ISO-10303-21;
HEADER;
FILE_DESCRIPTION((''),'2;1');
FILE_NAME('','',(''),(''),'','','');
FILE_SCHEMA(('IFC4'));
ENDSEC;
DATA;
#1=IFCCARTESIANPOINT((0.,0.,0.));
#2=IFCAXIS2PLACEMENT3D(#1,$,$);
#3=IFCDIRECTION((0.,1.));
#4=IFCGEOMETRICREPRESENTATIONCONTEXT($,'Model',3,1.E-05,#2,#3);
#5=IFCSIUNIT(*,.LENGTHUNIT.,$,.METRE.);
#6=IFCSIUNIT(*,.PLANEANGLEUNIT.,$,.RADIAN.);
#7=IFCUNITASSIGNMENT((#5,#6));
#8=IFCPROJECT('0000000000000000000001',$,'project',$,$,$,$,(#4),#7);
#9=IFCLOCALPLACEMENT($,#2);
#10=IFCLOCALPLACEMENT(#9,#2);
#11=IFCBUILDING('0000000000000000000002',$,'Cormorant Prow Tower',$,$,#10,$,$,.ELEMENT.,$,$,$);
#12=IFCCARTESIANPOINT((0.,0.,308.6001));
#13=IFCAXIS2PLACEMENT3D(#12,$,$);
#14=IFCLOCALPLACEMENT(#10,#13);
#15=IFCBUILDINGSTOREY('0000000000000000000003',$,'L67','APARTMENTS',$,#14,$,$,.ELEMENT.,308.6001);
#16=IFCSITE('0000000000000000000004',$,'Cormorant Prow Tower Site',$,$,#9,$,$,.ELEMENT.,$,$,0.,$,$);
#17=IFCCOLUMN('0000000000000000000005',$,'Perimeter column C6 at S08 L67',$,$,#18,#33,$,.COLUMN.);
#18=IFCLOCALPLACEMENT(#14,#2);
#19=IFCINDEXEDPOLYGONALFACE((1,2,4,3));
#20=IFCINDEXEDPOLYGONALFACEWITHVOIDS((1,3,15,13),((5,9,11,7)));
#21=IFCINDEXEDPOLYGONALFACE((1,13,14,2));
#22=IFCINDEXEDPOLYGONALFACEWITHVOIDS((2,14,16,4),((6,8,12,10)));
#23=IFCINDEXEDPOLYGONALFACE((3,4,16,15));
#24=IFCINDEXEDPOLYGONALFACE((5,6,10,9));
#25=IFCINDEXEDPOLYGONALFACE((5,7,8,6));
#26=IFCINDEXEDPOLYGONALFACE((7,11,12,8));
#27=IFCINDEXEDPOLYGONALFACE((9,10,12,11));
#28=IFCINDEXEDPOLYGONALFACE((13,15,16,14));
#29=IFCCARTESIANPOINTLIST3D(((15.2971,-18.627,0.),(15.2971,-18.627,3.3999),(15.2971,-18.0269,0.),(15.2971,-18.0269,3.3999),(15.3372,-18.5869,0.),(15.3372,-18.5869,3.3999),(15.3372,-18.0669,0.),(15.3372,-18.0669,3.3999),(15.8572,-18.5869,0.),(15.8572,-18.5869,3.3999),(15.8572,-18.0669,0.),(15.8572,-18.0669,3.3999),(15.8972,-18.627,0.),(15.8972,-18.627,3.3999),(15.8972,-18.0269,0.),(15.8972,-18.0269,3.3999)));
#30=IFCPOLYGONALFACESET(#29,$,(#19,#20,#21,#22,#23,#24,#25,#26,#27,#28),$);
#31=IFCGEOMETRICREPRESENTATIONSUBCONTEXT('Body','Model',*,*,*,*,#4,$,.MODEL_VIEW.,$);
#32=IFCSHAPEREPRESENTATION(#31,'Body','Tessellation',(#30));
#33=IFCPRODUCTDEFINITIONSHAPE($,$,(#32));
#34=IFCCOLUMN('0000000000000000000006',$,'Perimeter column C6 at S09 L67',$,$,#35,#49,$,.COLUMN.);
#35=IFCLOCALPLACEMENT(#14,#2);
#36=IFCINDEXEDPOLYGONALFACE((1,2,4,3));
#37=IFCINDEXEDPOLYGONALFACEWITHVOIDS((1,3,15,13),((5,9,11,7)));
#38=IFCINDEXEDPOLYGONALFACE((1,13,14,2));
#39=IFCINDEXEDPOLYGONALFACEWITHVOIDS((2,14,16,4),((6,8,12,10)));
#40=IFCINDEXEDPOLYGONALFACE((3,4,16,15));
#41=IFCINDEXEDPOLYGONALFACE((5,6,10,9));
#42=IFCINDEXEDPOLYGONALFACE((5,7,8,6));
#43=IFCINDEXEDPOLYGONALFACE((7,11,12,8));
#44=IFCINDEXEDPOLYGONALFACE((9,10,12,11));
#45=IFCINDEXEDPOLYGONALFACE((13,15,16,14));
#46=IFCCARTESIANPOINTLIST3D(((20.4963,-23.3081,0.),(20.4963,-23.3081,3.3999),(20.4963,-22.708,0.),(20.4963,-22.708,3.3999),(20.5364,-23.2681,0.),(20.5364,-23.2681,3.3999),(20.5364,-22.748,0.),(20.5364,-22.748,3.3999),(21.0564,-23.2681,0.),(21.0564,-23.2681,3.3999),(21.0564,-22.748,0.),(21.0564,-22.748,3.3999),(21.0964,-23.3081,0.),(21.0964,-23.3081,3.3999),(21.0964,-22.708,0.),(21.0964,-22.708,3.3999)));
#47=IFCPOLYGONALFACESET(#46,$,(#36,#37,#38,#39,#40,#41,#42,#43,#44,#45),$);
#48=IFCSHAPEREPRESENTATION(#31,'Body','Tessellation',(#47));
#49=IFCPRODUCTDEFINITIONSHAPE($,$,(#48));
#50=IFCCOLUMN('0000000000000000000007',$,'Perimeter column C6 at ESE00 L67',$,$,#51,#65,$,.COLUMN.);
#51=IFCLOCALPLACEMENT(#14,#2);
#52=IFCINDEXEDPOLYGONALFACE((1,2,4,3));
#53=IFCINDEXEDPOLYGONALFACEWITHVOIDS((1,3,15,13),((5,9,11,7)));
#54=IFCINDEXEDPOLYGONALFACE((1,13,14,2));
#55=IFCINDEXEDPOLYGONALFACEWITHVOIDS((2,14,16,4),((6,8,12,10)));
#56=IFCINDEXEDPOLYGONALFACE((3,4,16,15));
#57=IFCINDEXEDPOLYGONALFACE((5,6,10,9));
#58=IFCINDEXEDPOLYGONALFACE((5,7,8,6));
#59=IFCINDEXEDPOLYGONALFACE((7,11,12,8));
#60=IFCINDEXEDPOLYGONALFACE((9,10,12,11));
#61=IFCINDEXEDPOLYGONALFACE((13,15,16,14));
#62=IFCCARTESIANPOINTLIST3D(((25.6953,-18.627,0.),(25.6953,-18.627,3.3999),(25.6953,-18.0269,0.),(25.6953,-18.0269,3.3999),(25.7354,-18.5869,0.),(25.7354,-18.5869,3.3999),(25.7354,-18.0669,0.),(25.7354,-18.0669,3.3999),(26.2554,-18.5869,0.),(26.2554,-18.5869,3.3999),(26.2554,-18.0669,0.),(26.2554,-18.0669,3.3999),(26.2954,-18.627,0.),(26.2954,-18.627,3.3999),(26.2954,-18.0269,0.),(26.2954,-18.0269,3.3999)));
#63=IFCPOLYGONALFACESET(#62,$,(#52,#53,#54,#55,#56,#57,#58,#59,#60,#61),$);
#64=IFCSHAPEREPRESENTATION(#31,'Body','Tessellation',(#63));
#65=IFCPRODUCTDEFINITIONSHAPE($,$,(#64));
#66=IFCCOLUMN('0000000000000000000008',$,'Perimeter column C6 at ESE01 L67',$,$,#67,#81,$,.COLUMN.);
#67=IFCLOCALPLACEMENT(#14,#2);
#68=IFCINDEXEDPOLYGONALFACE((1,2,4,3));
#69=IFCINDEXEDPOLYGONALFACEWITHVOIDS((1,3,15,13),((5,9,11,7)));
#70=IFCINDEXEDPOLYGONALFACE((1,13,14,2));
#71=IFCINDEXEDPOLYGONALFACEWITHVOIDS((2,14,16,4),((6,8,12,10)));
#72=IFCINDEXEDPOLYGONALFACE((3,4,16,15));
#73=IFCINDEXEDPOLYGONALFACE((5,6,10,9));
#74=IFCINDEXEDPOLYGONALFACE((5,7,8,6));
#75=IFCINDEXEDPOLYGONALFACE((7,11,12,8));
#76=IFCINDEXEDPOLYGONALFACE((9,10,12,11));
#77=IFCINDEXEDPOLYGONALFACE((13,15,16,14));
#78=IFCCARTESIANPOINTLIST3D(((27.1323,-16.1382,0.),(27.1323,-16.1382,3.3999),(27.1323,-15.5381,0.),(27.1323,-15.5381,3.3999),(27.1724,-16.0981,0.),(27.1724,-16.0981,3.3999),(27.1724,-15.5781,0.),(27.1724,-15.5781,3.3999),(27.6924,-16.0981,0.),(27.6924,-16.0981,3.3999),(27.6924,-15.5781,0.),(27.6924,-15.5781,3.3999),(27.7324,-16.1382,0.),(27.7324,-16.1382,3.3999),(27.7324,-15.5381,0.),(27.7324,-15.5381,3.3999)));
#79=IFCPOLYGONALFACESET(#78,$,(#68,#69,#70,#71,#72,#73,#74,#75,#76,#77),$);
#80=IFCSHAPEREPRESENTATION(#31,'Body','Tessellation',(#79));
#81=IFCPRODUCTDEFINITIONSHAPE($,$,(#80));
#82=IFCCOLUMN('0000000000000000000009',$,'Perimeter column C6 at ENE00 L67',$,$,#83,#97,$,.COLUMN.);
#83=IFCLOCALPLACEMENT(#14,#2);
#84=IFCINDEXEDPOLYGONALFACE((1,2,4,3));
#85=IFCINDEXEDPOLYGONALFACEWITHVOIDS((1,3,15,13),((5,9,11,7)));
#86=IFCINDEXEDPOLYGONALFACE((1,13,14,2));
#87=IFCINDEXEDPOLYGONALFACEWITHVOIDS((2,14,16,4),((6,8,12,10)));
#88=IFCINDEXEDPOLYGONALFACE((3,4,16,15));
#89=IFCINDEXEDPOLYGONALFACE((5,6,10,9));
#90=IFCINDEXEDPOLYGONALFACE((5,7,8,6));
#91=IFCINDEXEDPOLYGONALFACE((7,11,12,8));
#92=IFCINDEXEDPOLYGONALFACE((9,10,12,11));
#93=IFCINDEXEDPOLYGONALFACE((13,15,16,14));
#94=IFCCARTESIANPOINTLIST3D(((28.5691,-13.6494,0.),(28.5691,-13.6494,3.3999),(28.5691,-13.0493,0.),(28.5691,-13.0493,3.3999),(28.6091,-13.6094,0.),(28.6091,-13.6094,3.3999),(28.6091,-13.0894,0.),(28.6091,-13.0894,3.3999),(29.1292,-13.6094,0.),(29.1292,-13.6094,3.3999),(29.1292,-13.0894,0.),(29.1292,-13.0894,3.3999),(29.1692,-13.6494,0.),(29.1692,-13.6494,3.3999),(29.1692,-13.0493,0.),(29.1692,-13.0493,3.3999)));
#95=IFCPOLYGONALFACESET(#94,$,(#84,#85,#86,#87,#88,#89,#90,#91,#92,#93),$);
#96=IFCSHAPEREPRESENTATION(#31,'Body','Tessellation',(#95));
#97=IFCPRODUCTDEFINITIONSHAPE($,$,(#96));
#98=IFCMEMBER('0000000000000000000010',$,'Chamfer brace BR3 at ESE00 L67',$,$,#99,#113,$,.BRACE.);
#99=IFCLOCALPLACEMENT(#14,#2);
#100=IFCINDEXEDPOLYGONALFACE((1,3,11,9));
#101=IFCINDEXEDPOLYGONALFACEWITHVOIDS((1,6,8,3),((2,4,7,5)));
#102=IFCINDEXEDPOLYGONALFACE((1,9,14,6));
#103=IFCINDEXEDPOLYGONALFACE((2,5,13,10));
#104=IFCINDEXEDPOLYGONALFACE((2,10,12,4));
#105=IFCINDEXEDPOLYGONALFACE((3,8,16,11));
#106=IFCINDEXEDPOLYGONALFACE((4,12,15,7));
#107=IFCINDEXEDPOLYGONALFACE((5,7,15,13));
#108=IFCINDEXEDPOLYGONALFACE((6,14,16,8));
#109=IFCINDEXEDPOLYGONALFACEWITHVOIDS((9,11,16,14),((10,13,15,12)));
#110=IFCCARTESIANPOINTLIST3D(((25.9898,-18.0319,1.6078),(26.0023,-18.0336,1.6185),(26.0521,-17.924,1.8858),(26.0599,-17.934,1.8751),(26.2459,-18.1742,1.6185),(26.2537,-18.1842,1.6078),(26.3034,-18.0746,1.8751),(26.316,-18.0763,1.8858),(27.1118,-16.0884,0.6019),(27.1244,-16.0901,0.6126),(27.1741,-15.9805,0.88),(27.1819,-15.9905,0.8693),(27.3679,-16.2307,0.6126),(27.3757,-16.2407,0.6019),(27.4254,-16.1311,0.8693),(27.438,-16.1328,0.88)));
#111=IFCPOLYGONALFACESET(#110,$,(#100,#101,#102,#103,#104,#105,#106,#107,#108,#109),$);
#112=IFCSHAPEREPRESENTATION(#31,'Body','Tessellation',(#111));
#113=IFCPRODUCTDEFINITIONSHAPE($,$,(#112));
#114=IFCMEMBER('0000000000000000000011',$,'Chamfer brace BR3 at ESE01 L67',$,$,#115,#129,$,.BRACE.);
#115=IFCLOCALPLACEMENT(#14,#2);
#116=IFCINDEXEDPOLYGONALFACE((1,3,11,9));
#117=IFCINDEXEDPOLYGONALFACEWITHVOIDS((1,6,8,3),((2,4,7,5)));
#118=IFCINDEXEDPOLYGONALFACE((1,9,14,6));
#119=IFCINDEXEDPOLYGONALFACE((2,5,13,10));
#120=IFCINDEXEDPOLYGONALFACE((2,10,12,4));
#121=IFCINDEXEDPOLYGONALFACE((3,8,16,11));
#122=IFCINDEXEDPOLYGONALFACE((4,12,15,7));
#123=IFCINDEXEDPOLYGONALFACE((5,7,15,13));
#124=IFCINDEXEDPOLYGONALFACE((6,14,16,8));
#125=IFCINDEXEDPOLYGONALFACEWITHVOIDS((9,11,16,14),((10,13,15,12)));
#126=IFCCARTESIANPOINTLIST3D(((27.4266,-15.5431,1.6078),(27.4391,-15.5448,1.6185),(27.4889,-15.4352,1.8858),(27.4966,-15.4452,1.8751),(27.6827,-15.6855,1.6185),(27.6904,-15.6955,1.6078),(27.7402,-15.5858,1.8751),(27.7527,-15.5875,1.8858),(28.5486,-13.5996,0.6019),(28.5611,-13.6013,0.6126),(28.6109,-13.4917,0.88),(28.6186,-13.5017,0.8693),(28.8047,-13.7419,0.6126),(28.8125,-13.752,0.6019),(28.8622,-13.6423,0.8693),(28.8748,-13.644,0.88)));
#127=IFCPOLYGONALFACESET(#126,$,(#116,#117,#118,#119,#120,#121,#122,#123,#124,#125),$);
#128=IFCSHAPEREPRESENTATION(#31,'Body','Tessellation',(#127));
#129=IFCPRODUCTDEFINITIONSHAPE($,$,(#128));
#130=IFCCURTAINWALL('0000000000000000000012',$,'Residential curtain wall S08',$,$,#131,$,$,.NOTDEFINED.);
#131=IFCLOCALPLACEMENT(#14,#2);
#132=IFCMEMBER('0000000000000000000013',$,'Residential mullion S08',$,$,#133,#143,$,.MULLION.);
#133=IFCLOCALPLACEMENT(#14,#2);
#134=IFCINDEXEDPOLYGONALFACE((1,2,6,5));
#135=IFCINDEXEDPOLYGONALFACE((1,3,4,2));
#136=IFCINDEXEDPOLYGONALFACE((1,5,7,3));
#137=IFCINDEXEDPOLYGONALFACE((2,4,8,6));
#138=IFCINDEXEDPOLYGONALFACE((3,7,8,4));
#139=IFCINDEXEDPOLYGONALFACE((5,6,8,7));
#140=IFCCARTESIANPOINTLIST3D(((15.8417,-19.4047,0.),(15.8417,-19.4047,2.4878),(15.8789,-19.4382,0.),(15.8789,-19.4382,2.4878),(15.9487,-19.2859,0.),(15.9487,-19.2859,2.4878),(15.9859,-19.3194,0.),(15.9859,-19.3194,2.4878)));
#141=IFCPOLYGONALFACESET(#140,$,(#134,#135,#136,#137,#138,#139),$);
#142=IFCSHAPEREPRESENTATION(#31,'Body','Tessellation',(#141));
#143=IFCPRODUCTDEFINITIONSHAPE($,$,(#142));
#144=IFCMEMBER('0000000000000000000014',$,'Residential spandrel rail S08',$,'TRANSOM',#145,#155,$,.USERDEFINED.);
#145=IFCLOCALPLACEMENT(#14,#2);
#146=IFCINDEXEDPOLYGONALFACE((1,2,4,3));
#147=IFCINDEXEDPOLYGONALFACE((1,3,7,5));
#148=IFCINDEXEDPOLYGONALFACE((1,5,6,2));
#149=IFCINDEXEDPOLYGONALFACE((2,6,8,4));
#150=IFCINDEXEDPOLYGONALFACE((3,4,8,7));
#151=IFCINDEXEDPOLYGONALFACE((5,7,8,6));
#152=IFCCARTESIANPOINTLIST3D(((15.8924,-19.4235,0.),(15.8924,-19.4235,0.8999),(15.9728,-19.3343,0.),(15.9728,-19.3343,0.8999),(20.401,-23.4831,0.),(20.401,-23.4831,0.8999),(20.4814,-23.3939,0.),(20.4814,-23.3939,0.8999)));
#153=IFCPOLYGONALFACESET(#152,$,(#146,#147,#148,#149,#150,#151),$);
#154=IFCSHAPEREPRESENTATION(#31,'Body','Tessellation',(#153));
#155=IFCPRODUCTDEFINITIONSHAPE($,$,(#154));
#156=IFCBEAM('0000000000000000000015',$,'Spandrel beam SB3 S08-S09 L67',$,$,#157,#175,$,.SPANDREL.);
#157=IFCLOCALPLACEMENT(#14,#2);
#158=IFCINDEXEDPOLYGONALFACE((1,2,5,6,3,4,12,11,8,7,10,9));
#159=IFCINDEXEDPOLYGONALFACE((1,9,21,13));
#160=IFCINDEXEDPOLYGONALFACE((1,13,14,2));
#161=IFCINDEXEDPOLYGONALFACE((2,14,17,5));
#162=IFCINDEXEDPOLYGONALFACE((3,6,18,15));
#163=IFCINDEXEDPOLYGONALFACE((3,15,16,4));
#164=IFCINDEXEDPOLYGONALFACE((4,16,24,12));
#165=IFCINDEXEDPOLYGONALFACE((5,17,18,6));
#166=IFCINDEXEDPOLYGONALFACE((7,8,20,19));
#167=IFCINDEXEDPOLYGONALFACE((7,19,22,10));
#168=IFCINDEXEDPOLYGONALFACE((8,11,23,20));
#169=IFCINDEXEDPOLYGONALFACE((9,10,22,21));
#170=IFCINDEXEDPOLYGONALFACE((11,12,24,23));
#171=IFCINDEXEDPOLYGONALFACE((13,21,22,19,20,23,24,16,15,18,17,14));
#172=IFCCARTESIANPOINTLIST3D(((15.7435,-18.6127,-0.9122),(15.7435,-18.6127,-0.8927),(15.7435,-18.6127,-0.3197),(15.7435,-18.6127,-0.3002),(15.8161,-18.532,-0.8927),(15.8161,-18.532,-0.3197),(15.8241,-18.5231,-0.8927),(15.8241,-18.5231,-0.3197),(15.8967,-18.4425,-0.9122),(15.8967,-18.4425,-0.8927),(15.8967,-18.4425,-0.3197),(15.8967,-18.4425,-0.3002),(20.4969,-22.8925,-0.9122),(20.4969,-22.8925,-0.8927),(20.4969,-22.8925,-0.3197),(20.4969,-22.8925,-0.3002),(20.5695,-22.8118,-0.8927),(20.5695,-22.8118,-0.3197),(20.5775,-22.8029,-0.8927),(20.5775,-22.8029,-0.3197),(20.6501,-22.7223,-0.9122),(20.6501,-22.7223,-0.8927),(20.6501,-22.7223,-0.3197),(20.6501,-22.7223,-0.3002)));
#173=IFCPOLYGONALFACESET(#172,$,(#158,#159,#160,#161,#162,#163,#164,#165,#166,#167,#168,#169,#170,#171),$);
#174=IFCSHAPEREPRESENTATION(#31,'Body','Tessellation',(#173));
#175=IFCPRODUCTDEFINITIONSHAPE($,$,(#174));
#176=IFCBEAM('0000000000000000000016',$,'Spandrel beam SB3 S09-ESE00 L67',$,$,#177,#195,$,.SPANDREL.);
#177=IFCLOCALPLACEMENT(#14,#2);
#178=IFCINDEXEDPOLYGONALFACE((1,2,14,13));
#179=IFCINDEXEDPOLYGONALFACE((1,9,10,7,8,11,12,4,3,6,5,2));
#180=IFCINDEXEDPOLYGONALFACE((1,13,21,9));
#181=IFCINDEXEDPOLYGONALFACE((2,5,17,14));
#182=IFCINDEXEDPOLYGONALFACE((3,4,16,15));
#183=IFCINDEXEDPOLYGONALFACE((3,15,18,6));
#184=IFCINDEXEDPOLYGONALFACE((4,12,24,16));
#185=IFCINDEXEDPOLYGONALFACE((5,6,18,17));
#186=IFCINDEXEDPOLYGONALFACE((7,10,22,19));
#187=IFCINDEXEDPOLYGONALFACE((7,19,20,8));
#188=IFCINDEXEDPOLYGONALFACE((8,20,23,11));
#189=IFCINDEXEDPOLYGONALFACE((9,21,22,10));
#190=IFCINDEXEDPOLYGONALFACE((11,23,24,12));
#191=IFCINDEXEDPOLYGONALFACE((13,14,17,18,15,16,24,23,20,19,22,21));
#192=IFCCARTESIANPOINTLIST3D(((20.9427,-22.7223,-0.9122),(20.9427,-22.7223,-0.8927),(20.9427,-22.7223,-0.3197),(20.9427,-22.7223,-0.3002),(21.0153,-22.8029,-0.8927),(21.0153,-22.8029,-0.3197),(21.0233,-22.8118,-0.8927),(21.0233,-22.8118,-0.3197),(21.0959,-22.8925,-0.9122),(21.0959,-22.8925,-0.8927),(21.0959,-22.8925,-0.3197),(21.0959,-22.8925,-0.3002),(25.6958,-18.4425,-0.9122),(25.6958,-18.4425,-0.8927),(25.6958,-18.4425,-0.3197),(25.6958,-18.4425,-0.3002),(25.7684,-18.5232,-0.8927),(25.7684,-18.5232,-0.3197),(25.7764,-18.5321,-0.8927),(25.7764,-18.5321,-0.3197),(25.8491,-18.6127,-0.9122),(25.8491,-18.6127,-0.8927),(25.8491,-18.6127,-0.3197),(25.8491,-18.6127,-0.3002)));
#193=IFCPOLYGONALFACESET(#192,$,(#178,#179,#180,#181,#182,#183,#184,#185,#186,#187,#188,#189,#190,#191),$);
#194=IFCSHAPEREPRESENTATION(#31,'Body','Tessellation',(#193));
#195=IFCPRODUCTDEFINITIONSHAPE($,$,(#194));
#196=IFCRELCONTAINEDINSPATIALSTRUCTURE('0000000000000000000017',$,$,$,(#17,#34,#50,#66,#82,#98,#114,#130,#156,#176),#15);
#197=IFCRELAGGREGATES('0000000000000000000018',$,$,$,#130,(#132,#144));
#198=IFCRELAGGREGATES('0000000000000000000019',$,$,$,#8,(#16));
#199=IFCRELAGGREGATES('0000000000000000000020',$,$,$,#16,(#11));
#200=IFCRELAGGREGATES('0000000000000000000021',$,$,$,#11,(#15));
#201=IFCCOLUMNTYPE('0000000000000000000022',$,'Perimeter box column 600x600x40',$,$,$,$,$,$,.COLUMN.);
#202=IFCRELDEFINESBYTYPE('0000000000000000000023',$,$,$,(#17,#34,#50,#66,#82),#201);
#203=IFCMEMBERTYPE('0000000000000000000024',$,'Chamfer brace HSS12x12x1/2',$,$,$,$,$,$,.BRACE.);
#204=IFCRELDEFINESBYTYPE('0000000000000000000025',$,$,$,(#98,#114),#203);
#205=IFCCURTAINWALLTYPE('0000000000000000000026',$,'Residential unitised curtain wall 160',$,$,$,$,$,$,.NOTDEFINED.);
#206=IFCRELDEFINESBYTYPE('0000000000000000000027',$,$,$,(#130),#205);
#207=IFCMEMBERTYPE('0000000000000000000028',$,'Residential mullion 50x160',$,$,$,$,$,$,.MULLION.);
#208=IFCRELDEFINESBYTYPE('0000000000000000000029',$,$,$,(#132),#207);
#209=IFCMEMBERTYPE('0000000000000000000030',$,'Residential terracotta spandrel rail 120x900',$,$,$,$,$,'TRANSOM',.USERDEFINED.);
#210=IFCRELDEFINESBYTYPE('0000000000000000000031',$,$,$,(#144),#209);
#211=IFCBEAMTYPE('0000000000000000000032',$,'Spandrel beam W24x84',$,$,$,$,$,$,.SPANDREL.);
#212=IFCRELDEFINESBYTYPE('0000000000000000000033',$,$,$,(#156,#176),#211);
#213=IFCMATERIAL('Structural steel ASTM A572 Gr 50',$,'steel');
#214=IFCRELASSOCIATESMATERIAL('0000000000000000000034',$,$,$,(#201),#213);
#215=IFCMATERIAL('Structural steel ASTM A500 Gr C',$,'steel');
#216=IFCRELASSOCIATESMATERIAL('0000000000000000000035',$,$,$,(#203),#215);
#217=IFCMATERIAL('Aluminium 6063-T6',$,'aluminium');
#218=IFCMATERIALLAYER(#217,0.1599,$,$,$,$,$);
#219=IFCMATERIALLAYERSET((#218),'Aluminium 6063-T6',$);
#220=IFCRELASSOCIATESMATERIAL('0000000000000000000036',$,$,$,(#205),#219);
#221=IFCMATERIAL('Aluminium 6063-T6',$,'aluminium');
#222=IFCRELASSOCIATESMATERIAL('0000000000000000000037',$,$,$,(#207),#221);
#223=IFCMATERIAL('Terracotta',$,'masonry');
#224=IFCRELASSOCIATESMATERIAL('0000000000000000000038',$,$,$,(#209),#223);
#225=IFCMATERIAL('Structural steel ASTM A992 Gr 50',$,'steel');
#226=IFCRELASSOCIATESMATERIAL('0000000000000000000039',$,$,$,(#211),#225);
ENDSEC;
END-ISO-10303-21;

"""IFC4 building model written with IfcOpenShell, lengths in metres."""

from ifc_helpers import new_model, si_unit, direction, frame, origin, origin_2d, place, context, subcontext, project, spatial, rectangle, hollow_rectangle, i_section, extrude, material, layer, layer_set, material_profile, profile_set, type_object, element, aggregate, save


model = new_model("IFC4")

# Units and contexts
model_context = context("Model", 3, precision=1e-05, world=origin(), true_north=direction((0.0, 1.0)))
body_context = subcontext(model_context, "Body", "Model", "MODEL_VIEW")
ifc_project = project(units=[si_unit("LENGTHUNIT", "METRE"), si_unit("PLANEANGLEUNIT", "RADIAN")], contexts=[model_context])

# Site, building, storey
site_placement = place(None, origin())
site = spatial("IfcSite", under=ifc_project, at=site_placement, Name="Cormorant Prow Tower Site", CompositionType="ELEMENT", RefElevation=0.0)
building_placement = place(site_placement, origin())
building = spatial("IfcBuilding", under=site, at=building_placement, Name="Cormorant Prow Tower", CompositionType="ELEMENT")
storey_placement = place(building_placement, frame((0.0, 0.0, 308.6001)))
storey = spatial("IfcBuildingStorey", under=building, at=storey_placement, Name="L67", Description="APARTMENTS", CompositionType="ELEMENT", Elevation=308.6001)

# Columns
ifc_material_1 = material(Name="Structural steel ASTM A572 Gr 50", Category="steel")
ifc_material_profile_1 = material_profile(ifc_material_1, hollow_rectangle(XDim=0.6001, YDim=0.6001, WallThickness=0.04, at=origin_2d()), Name="Box 600x600x40")
ifc_profile_set_1 = profile_set([ifc_material_profile_1], Name="Structural steel ASTM A572 Gr 50")
column_type = type_object("IfcColumnType", Name="Perimeter box column 600x600x40", PredefinedType="COLUMN", material=ifc_profile_set_1)
for number, where, z_axis, x_axis, name in (
    (1, (15.5972, -18.3269, 0.0), (0.0, 0.0, 1.0), (1.0, 0.0, 0.0), "Perimeter column C6 at S08 L67"),
    (2, (20.7964, -23.0081, 0.0), (0.0, 0.0, 1.0), (1.0, 0.0, 0.0), "Perimeter column C6 at S09 L67"),
    (3, (25.9954, -18.3269, 0.0), (0.0, 0.0, 1.0), (1.0, 0.0, 0.0), "Perimeter column C6 at ESE00 L67"),
    (4, (27.4324, -15.8381, 0.0), (0.0, 0.0, 1.0), (1.0, 0.0, 0.0), "Perimeter column C6 at ESE01 L67"),
    (5, (28.8691, -13.3494, 0.0), (0.0, 0.0, 1.0), (1.0, 0.0, 0.0), "Perimeter column C6 at ENE00 L67"),
):
    element("IfcColumn", number, at=place(storey_placement, frame(where, z_axis=z_axis, x_axis=x_axis)), inside=storey, type_object=column_type, Name=name, PredefinedType="COLUMN", context=body_context, shape_type="SweptSolid", body=[
        extrude(hollow_rectangle(XDim=0.6001, YDim=0.6001, WallThickness=0.04, at=origin_2d()), origin(), (0.0, 0.0, 1.0), 3.3999),
    ])

# Members
ifc_material_2 = material(Name="Structural steel ASTM A500 Gr C", Category="steel")
ifc_material_profile_2 = material_profile(ifc_material_2, hollow_rectangle(XDim=0.3047, YDim=0.3047, WallThickness=0.0117, at=origin_2d()), Name="HSS12x12x1/2")
ifc_profile_set_2 = profile_set([ifc_material_profile_2], Name="Structural steel ASTM A500 Gr C")
member_type_1 = type_object("IfcMemberType", Name="Chamfer brace HSS12x12x1/2", PredefinedType="BRACE", material=ifc_profile_set_2)
for number, where, z_axis, x_axis, name in (
    (6, (27.2749, -16.1106, 0.741), (-0.456247, -0.790292, 0.408994), (0.866039, -0.499977, 0.0), "Chamfer brace BR3 at ESE00 L67"),
    (7, (28.7117, -13.6218, 0.741), (-0.456247, -0.790292, 0.408994), (0.866039, -0.499977, 0.0), "Chamfer brace BR3 at ESE01 L67"),
):
    element("IfcMember", number, at=place(storey_placement, frame(where, z_axis=z_axis, x_axis=x_axis)), inside=storey, type_object=member_type_1, Name=name, PredefinedType="BRACE", context=body_context, shape_type="SweptSolid", body=[
        extrude(hollow_rectangle(XDim=0.3047, YDim=0.3047, WallThickness=0.0117, at=origin_2d()), origin(), (0.0, 0.0, 1.0), 2.4592),
    ])

# Curtain wall, members
ifc_material_3 = material(Name="Aluminium 6063-T6", Category="aluminium")
ifc_layer_1 = layer(ifc_material_3, 0.1599)
ifc_layer_set_1 = layer_set([ifc_layer_1], Name="Aluminium 6063-T6")
curtain_wall_type = type_object("IfcCurtainWallType", Name="Residential unitised curtain wall 160", PredefinedType="NOTDEFINED", material=ifc_layer_set_1)
curtain_wall_placement = place(storey_placement, origin())
curtain_wall = element("IfcCurtainWall", 8, at=curtain_wall_placement, inside=storey, type_object=curtain_wall_type, Name="Residential curtain wall S08", PredefinedType="NOTDEFINED")
ifc_material_4 = material(Name="Aluminium 6063-T6", Category="aluminium")
ifc_material_profile_3 = material_profile(ifc_material_4, rectangle(XDim=0.1599, YDim=0.05, at=origin_2d()), Name="Residential mullion 50x160")
ifc_profile_set_3 = profile_set([ifc_material_profile_3], Name="Aluminium 6063-T6")
member_type_2 = type_object("IfcMemberType", Name="Residential mullion 50x160", PredefinedType="MULLION", material=ifc_profile_set_3)
member_1_placement = place(storey_placement, frame((15.9138, -19.3621, 0.0), z_axis=(0.0, 0.0, 1.0), x_axis=(0.669131, 0.743145, 0.0)))
member_1 = element("IfcMember", 9, at=member_1_placement, type_object=member_type_2, Name="Residential mullion S08", PredefinedType="MULLION", context=body_context, shape_type="SweptSolid", body=[
    extrude(rectangle(XDim=0.1599, YDim=0.05, at=origin_2d()), origin(), (0.0, 0.0, 1.0), 2.4878),
])
ifc_material_5 = material(Name="Terracotta", Category="masonry")
ifc_material_profile_4 = material_profile(ifc_material_5, rectangle(XDim=0.1201, YDim=0.8999, at=origin_2d()), Name="Residential terracotta spandrel rail 120x900")
ifc_profile_set_4 = profile_set([ifc_material_profile_4], Name="Terracotta")
member_type_3 = type_object("IfcMemberType", Name="Residential terracotta spandrel rail 120x900", ElementType="TRANSOM", PredefinedType="USERDEFINED", material=ifc_profile_set_4)
member_2_placement = place(storey_placement, frame((15.9326, -19.3789, 0.45), z_axis=(0.74314, -0.669136, 0.0), x_axis=(0.669136, 0.74314, 0.0)))
member_2 = element("IfcMember", 10, at=member_2_placement, type_object=member_type_3, Name="Residential spandrel rail S08", ObjectType="TRANSOM", PredefinedType="USERDEFINED", context=body_context, shape_type="SweptSolid", body=[
    extrude(rectangle(XDim=0.1201, YDim=0.8999, at=origin_2d()), origin(), (0.0, 0.0, 1.0), 6.0669),
])

# Beams
ifc_material_6 = material(Name="Structural steel ASTM A992 Gr 50", Category="steel")
ifc_material_profile_5 = material_profile(ifc_material_6, i_section(OverallWidth=0.229, OverallDepth=0.6121, WebThickness=0.012, FlangeThickness=0.0195, at=origin_2d()), Name="W24x84")
ifc_profile_set_5 = profile_set([ifc_material_profile_5], Name="Structural steel ASTM A992 Gr 50")
beam_type = type_object("IfcBeamType", Name="Spandrel beam W24x84", PredefinedType="SPANDREL", material=ifc_profile_set_5)
beam_1_placement = place(storey_placement, frame((15.8201, -18.5276, -0.6062), z_axis=(0.743161, -0.669112, 0.0), x_axis=(0.669112, 0.743161, 0.0)))
element("IfcBeam", 11, at=beam_1_placement, inside=storey, type_object=beam_type, Name="Spandrel beam SB3 S08-S09 L67", PredefinedType="SPANDREL", context=body_context, shape_type="SweptSolid", body=[
    extrude(i_section(OverallWidth=0.229, OverallDepth=0.6121, WebThickness=0.012, FlangeThickness=0.0195, at=origin_2d()), origin(), (0.0, 0.0, 1.0), 6.3962),
])
beam_2_placement = place(storey_placement, frame((21.0193, -22.8074, -0.6062), z_axis=(0.743144, 0.669131, 0.0), x_axis=(-0.669131, 0.743144, 0.0)))
element("IfcBeam", 12, at=beam_2_placement, inside=storey, type_object=beam_type, Name="Spandrel beam SB3 S09-ESE00 L67", PredefinedType="SPANDREL", context=body_context, shape_type="SweptSolid", body=[
    extrude(i_section(OverallWidth=0.229, OverallDepth=0.6121, WebThickness=0.012, FlangeThickness=0.0195, at=origin_2d()), origin(), (0.0, 0.0, 1.0), 6.396),
])

aggregate(curtain_wall, [member_1, member_2])

save(model, "model.ifc")
